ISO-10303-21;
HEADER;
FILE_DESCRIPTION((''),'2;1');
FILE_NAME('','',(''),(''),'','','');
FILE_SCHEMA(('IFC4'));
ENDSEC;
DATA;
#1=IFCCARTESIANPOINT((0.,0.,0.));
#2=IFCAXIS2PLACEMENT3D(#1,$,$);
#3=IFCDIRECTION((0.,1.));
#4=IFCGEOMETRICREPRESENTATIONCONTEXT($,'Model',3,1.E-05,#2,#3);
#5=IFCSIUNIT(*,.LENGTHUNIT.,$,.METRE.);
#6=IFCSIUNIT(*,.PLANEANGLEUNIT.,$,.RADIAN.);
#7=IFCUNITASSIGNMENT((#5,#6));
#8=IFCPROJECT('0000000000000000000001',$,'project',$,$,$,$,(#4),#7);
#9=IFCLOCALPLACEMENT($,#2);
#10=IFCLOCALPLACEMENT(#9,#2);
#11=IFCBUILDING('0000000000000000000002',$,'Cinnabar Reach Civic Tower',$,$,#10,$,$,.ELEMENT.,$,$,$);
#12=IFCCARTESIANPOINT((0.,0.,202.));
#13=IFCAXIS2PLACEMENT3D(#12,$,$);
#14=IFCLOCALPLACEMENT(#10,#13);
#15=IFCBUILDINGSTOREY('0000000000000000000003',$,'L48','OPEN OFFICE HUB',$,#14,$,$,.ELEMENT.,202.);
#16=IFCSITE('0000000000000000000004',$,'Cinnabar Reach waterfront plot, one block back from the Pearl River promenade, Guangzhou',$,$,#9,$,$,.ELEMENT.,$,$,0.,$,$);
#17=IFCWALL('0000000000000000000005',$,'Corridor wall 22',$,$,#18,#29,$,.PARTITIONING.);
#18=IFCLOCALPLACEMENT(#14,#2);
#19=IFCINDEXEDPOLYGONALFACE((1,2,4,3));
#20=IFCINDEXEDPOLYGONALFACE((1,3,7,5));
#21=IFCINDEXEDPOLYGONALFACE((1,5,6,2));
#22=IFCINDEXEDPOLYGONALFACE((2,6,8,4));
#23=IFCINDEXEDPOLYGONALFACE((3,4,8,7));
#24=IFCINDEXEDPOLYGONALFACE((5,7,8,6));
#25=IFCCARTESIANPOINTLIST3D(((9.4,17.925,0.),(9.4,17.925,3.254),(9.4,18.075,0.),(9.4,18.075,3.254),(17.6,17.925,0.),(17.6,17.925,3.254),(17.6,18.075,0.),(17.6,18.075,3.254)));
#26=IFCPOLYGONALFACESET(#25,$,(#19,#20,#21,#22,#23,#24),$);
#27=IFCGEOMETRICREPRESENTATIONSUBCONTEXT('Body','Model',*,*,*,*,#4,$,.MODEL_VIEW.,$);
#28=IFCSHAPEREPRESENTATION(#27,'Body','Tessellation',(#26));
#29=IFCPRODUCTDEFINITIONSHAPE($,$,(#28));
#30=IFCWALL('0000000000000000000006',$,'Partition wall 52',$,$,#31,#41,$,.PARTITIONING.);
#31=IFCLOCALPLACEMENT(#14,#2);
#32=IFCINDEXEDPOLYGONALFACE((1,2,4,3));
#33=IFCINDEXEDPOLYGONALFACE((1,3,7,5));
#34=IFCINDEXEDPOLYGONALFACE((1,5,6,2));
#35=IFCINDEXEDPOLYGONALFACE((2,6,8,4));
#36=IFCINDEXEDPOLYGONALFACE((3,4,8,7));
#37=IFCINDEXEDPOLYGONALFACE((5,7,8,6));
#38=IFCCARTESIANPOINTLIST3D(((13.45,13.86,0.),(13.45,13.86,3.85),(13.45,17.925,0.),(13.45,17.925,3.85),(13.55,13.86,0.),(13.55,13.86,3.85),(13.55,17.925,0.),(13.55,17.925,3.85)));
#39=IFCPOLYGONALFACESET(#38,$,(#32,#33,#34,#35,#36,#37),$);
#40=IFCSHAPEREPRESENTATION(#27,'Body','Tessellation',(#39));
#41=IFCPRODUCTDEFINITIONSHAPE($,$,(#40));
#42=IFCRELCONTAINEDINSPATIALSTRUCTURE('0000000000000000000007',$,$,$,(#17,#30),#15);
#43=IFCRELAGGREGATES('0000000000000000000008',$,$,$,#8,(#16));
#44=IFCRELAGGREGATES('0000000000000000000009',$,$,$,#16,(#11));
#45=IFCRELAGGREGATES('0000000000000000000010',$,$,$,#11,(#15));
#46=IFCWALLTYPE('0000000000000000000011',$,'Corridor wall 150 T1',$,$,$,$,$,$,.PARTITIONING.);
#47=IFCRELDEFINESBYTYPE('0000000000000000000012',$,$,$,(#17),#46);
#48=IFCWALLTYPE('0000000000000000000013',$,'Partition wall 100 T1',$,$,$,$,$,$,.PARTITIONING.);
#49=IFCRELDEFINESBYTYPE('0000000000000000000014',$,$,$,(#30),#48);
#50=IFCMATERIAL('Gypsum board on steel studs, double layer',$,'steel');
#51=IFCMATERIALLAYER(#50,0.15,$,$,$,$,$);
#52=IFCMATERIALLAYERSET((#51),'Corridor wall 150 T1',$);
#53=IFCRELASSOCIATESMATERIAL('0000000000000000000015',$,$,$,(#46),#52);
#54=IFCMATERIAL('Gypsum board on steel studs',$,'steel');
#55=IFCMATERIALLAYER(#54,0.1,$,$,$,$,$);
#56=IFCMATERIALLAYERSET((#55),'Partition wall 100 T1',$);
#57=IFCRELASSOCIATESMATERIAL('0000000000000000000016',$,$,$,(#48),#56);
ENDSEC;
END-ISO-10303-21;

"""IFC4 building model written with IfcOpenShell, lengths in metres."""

from ifc_helpers import new_model, si_unit, direction, frame, frame_2d, origin, place, context, subcontext, project, spatial, rectangle, extrude, material, layer, layer_set, type_object, element, save


model = new_model("IFC4")

# Units and contexts
model_context = context("Model", 3, precision=1e-05, world=origin(), true_north=direction((0.0, 1.0)))
body_context = subcontext(model_context, "Body", "Model", "MODEL_VIEW")
ifc_project = project(units=[si_unit("LENGTHUNIT", "METRE"), si_unit("PLANEANGLEUNIT", "RADIAN")], contexts=[model_context])

# Site, building, storey
site_placement = place(None, origin())
site = spatial("IfcSite", under=ifc_project, at=site_placement, Name="Cinnabar Reach waterfront plot, one block back from the Pearl River promenade, Guangzhou", CompositionType="ELEMENT", RefElevation=0.0)
building_placement = place(site_placement, origin())
building = spatial("IfcBuilding", under=site, at=building_placement, Name="Cinnabar Reach Civic Tower", CompositionType="ELEMENT")
storey_placement = place(building_placement, frame((0.0, 0.0, 202.0)))
storey = spatial("IfcBuildingStorey", under=building, at=storey_placement, Name="L48", Description="OPEN OFFICE HUB", CompositionType="ELEMENT", Elevation=202.0)

# Walls
ifc_material_1 = material(Name="Gypsum board on steel studs, double layer", Category="steel")
ifc_layer_1 = layer(ifc_material_1, 0.15)
ifc_layer_set_1 = layer_set([ifc_layer_1], Name="Corridor wall 150 T1")
wall_type_1 = type_object("IfcWallType", Name="Corridor wall 150 T1", PredefinedType="PARTITIONING", material=ifc_layer_set_1)
wall_1_placement = place(storey_placement, frame((9.4, 18.0, 0.0), z_axis=(0.0, 0.0, 1.0), x_axis=(1.0, 0.0, 0.0)))
element("IfcWall", 1, at=wall_1_placement, inside=storey, type_object=wall_type_1, Name="Corridor wall 22", PredefinedType="PARTITIONING", context=body_context, shape_type="SweptSolid", body=[
    extrude(rectangle(XDim=8.2, YDim=0.15, at=frame_2d((4.1, 0.0))), origin(), (0.0, 0.0, 1.0), 3.254),
])
ifc_material_2 = material(Name="Gypsum board on steel studs", Category="steel")
ifc_layer_2 = layer(ifc_material_2, 0.1)
ifc_layer_set_2 = layer_set([ifc_layer_2], Name="Partition wall 100 T1")
wall_type_2 = type_object("IfcWallType", Name="Partition wall 100 T1", PredefinedType="PARTITIONING", material=ifc_layer_set_2)
wall_2_placement = place(storey_placement, frame((13.5, 13.86, 0.0), z_axis=(0.0, 0.0, 1.0), x_axis=(0.0, 1.0, 0.0)))
element("IfcWall", 2, at=wall_2_placement, inside=storey, type_object=wall_type_2, Name="Partition wall 52", PredefinedType="PARTITIONING", context=body_context, shape_type="SweptSolid", body=[
    extrude(rectangle(XDim=4.065, YDim=0.1, at=frame_2d((2.0325, 0.0))), origin(), (0.0, 0.0, 1.0), 3.85),
])

save(model, "model.ifc")
